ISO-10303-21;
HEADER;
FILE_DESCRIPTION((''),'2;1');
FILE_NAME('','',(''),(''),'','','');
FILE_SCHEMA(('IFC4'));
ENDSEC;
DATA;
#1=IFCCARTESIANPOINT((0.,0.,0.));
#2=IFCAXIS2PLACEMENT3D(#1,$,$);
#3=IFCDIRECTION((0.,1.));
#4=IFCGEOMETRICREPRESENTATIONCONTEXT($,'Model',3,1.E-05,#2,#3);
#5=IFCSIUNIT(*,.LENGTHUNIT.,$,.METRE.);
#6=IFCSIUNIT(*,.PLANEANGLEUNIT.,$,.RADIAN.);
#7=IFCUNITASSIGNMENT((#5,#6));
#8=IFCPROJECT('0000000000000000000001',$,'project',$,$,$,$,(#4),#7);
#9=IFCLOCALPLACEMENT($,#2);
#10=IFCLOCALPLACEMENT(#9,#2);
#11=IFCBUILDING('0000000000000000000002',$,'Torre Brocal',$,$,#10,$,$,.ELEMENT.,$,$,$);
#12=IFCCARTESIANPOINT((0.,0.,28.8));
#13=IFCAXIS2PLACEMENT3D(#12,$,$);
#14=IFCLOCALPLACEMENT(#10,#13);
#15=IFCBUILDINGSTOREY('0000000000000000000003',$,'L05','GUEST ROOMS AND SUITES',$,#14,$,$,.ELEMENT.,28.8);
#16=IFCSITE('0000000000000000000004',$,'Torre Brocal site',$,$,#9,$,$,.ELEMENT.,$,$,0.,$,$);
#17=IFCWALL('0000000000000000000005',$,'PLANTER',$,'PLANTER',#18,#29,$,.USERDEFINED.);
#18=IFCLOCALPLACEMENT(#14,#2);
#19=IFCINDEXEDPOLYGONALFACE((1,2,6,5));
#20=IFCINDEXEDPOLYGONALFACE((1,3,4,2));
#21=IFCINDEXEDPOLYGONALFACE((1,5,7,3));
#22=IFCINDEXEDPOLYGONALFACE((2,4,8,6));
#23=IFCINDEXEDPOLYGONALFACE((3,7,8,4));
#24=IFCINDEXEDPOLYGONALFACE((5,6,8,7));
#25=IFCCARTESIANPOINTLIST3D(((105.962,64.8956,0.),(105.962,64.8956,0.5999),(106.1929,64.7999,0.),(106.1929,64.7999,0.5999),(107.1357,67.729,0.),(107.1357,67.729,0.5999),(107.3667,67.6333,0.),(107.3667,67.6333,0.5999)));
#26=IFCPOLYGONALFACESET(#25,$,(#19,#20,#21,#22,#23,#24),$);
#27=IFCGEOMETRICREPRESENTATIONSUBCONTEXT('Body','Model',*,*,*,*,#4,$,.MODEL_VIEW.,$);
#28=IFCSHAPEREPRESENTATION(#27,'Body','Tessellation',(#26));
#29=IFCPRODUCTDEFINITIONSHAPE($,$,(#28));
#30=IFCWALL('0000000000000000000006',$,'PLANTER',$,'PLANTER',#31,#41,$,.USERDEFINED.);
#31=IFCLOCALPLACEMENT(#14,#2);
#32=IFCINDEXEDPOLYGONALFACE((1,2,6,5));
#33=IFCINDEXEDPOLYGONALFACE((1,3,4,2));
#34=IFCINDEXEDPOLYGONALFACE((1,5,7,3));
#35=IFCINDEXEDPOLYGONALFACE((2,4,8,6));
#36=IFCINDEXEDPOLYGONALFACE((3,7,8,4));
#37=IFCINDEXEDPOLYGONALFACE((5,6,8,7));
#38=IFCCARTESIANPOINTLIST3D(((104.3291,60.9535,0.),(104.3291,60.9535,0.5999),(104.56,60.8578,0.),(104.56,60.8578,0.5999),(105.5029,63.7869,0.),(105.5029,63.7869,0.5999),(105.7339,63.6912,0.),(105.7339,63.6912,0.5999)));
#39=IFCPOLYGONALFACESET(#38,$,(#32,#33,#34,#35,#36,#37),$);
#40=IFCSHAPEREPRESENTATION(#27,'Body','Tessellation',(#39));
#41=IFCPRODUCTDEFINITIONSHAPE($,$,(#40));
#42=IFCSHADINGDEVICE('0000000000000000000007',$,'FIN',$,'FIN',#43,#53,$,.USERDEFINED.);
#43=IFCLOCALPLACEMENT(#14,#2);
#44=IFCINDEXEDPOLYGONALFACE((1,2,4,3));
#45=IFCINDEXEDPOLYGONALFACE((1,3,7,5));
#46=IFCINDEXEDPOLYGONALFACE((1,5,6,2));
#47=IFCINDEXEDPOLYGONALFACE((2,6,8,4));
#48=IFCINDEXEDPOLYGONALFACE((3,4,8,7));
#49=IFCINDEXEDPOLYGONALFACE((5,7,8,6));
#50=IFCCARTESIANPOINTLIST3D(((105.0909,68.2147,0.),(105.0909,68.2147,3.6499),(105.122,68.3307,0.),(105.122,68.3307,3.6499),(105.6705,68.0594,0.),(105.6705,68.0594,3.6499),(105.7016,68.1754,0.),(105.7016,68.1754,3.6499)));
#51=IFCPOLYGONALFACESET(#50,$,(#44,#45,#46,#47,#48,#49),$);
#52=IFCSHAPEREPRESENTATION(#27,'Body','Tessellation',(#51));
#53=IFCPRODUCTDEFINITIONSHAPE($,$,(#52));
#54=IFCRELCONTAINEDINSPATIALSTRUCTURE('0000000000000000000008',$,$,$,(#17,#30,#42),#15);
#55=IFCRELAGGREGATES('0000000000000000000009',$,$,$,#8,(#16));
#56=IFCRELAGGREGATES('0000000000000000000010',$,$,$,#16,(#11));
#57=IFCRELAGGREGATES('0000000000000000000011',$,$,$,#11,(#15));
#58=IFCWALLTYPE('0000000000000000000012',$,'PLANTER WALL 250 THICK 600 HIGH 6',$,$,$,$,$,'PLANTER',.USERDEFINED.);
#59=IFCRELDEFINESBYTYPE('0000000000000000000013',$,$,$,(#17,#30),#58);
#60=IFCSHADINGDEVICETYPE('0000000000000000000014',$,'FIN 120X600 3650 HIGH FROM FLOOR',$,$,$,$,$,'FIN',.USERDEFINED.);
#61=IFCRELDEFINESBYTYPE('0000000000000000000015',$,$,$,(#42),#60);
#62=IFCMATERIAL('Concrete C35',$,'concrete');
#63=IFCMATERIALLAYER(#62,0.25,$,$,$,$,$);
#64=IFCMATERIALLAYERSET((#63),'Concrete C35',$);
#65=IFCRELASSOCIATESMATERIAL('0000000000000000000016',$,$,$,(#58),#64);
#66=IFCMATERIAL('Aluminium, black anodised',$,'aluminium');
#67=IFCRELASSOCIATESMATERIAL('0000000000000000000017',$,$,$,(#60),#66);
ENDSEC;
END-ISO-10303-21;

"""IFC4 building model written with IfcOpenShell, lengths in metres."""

from ifc_helpers import new_model, si_unit, direction, frame, frame_2d, origin, origin_2d, place, context, subcontext, project, spatial, rectangle, extrude, material, layer, layer_set, material_profile, profile_set, type_object, element, save


model = new_model("IFC4")

# Units and contexts
model_context = context("Model", 3, precision=1e-05, world=origin(), true_north=direction((0.0, 1.0)))
body_context = subcontext(model_context, "Body", "Model", "MODEL_VIEW")
ifc_project = project(units=[si_unit("LENGTHUNIT", "METRE"), si_unit("PLANEANGLEUNIT", "RADIAN")], contexts=[model_context])

# Site, building, storey
site_placement = place(None, origin())
site = spatial("IfcSite", under=ifc_project, at=site_placement, Name="Torre Brocal site", CompositionType="ELEMENT", RefElevation=0.0)
building_placement = place(site_placement, origin())
building = spatial("IfcBuilding", under=site, at=building_placement, Name="Torre Brocal", CompositionType="ELEMENT")
storey_placement = place(building_placement, frame((0.0, 0.0, 28.8)))
storey = spatial("IfcBuildingStorey", under=building, at=storey_placement, Name="L05", Description="GUEST ROOMS AND SUITES", CompositionType="ELEMENT", Elevation=28.8)

# Walls
ifc_material_1 = material(Name="Concrete C35", Category="concrete")
ifc_layer_1 = layer(ifc_material_1, 0.25)
ifc_layer_set_1 = layer_set([ifc_layer_1], Name="Concrete C35")
wall_type_1 = type_object("IfcWallType", Name="PLANTER WALL 250 THICK 600 HIGH 6", ElementType="PLANTER", PredefinedType="USERDEFINED", material=ifc_layer_set_1)
for number, where, z_axis, x_axis, name in (
    (1, (107.2512, 67.6812, 0.0), (0.0, 0.0, 1.0), (-0.382727, -0.923862, 0.0), "PLANTER"),
    (2, (105.6184, 63.739, 0.0), (0.0, 0.0, 1.0), (-0.382755, -0.92385, 0.0), "PLANTER"),
):
    element("IfcWall", number, at=place(storey_placement, frame(where, z_axis=z_axis, x_axis=x_axis)), inside=storey, type_object=wall_type_1, Name=name, ObjectType="PLANTER", PredefinedType="USERDEFINED", context=body_context, shape_type="SweptSolid", body=[
        extrude(rectangle(XDim=3.0669, YDim=0.25, at=frame_2d((1.5334, 0.0))), origin(), (0.0, 0.0, 1.0), 0.5999),
    ])

# Shading device
ifc_material_2 = material(Name="Aluminium, black anodised", Category="aluminium")
ifc_material_profile_1 = material_profile(ifc_material_2, rectangle(XDim=0.1201, YDim=0.6001, at=origin_2d()), Name="FIN 120X600 3650 HIGH FROM FLOOR")
ifc_profile_set_1 = profile_set([ifc_material_profile_1], Name="Aluminium, black anodised")
shading_device_type = type_object("IfcShadingDeviceType", Name="FIN 120X600 3650 HIGH FROM FLOOR", ElementType="FIN", PredefinedType="USERDEFINED", material=ifc_profile_set_1)
shading_device_placement = place(storey_placement, frame((105.3962, 68.1951, 0.0), z_axis=(0.0, 0.0, 1.0), x_axis=(0.258819, 0.965926, 0.0)))
element("IfcShadingDevice", 3, at=shading_device_placement, inside=storey, type_object=shading_device_type, Name="FIN", ObjectType="FIN", PredefinedType="USERDEFINED", context=body_context, shape_type="SweptSolid", body=[
    extrude(rectangle(XDim=0.1201, YDim=0.6001, at=origin_2d()), origin(), (0.0, 0.0, 1.0), 3.6499),
])

save(model, "model.ifc")
